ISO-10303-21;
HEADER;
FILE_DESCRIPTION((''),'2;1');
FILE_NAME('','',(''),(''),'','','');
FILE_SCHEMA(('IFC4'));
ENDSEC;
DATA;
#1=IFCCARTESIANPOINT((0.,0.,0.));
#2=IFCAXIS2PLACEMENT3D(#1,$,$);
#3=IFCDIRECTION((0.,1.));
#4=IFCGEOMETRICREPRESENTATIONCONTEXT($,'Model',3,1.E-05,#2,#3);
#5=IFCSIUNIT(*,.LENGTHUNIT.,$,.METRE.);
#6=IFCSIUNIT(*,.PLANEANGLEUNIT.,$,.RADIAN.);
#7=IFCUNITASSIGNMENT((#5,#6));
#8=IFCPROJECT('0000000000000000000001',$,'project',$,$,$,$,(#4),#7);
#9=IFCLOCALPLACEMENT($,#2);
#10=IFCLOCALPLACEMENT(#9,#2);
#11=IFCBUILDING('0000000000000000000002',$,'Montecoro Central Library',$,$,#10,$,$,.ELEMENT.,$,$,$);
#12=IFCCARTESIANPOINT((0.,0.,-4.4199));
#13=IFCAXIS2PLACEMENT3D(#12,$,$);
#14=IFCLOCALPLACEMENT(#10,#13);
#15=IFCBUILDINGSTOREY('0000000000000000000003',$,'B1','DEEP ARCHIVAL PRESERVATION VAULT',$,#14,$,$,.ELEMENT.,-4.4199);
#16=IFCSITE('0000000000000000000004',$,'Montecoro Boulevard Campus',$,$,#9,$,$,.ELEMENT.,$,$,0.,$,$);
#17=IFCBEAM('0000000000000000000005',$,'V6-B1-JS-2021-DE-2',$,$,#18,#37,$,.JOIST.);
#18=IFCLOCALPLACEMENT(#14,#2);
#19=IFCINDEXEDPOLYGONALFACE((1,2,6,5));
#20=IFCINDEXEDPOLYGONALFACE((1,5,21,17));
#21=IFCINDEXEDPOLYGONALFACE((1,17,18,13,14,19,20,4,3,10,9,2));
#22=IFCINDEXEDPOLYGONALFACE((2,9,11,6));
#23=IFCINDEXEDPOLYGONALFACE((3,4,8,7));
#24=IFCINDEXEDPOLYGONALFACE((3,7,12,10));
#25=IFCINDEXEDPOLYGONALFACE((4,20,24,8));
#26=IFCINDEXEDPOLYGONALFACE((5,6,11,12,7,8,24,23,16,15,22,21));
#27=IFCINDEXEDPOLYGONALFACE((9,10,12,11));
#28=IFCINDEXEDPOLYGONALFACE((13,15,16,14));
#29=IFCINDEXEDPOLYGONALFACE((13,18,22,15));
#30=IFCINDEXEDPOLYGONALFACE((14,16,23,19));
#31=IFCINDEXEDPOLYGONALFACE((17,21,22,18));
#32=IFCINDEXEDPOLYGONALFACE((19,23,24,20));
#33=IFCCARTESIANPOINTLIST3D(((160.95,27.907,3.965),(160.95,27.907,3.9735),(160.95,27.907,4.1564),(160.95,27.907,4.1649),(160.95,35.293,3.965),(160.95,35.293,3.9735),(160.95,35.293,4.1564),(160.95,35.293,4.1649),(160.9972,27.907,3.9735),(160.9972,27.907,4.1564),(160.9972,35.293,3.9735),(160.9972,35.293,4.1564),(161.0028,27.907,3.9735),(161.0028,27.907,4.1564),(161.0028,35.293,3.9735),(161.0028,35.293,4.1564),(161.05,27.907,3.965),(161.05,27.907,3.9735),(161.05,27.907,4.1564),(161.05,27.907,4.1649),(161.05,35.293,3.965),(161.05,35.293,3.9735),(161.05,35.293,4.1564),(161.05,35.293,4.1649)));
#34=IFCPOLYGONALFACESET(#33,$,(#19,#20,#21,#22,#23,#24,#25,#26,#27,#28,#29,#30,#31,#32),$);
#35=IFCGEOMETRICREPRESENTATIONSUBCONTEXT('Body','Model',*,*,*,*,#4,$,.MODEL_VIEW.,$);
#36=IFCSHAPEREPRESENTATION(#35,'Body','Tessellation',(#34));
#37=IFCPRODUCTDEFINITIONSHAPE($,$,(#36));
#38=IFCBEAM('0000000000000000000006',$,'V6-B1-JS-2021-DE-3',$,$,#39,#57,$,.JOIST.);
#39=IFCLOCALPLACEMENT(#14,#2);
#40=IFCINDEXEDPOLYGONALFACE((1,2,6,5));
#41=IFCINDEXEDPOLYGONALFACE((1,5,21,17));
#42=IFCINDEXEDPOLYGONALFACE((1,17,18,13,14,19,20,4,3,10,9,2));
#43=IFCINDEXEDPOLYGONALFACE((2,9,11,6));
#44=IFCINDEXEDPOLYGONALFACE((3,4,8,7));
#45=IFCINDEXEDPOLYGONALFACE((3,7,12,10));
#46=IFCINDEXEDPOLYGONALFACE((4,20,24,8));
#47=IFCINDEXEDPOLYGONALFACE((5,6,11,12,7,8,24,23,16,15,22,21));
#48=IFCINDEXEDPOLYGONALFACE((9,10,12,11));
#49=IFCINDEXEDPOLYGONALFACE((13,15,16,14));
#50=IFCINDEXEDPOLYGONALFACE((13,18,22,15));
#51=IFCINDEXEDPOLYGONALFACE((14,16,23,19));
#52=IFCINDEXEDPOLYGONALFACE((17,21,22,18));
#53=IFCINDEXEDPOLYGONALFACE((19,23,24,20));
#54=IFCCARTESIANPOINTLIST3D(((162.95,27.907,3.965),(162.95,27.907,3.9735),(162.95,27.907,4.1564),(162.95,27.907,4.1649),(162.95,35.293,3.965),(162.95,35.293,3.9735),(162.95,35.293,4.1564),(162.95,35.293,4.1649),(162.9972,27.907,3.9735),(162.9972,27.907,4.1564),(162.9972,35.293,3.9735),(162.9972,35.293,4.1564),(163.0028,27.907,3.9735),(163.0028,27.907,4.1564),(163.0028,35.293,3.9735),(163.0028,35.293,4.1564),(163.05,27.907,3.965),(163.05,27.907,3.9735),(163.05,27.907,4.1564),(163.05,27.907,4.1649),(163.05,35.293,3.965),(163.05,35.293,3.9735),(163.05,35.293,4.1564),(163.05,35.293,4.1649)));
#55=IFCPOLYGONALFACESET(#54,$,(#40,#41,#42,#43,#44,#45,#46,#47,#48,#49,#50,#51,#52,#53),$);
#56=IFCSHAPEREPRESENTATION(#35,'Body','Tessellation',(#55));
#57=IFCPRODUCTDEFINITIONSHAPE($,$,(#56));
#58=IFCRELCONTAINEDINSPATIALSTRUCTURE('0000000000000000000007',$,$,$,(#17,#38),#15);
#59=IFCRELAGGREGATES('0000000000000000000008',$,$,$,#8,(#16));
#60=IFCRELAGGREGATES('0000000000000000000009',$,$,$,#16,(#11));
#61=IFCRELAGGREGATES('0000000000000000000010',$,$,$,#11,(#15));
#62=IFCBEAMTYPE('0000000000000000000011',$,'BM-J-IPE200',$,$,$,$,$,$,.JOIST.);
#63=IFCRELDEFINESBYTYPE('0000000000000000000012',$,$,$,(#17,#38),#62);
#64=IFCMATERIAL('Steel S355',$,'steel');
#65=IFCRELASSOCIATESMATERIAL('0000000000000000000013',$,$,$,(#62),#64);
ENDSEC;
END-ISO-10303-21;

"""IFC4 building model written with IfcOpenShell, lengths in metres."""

from ifc_helpers import new_model, si_unit, direction, frame, origin, origin_2d, place, context, subcontext, project, spatial, i_section, extrude, material, material_profile, profile_set, type_object, element, save


model = new_model("IFC4")

# Units and contexts
model_context = context("Model", 3, precision=1e-05, world=origin(), true_north=direction((0.0, 1.0)))
body_context = subcontext(model_context, "Body", "Model", "MODEL_VIEW")
ifc_project = project(units=[si_unit("LENGTHUNIT", "METRE"), si_unit("PLANEANGLEUNIT", "RADIAN")], contexts=[model_context])

# Site, building, storey
site_placement = place(None, origin())
site = spatial("IfcSite", under=ifc_project, at=site_placement, Name="Montecoro Boulevard Campus", CompositionType="ELEMENT", RefElevation=0.0)
building_placement = place(site_placement, origin())
building = spatial("IfcBuilding", under=site, at=building_placement, Name="Montecoro Central Library", CompositionType="ELEMENT")
storey_placement = place(building_placement, frame((0.0, 0.0, -4.4199)))
storey = spatial("IfcBuildingStorey", under=building, at=storey_placement, Name="B1", Description="DEEP ARCHIVAL PRESERVATION VAULT", CompositionType="ELEMENT", Elevation=-4.4199)

# Beams
ifc_material_1 = material(Name="Steel S355", Category="steel")
ifc_material_profile_1 = material_profile(ifc_material_1, i_section(OverallWidth=0.1001, OverallDepth=0.2, WebThickness=0.0056, FlangeThickness=0.0085, at=origin_2d()), Name="IPE 200")
ifc_profile_set_1 = profile_set([ifc_material_profile_1], Name="Steel S355")
beam_type_1 = type_object("IfcBeamType", Name="BM-J-IPE200", PredefinedType="JOIST", material=ifc_profile_set_1)
for number, where, z_axis, x_axis, name in (
    (1, (161.0, 27.907, 4.0649), (0.0, 1.0, 0.0), (-1.0, 0.0, 0.0), "V6-B1-JS-2021-DE-2"),
    (2, (163.0, 27.907, 4.0649), (0.0, 1.0, 0.0), (-1.0, 0.0, 0.0), "V6-B1-JS-2021-DE-3"),
):
    element("IfcBeam", number, at=place(storey_placement, frame(where, z_axis=z_axis, x_axis=x_axis)), inside=storey, type_object=beam_type_1, Name=name, PredefinedType="JOIST", context=body_context, shape_type="SweptSolid", body=[
        extrude(i_section(OverallWidth=0.1001, OverallDepth=0.2, WebThickness=0.0056, FlangeThickness=0.0085, at=origin_2d()), origin(), (0.0, 0.0, 1.0), 7.386),
    ])

save(model, "model.ifc")
